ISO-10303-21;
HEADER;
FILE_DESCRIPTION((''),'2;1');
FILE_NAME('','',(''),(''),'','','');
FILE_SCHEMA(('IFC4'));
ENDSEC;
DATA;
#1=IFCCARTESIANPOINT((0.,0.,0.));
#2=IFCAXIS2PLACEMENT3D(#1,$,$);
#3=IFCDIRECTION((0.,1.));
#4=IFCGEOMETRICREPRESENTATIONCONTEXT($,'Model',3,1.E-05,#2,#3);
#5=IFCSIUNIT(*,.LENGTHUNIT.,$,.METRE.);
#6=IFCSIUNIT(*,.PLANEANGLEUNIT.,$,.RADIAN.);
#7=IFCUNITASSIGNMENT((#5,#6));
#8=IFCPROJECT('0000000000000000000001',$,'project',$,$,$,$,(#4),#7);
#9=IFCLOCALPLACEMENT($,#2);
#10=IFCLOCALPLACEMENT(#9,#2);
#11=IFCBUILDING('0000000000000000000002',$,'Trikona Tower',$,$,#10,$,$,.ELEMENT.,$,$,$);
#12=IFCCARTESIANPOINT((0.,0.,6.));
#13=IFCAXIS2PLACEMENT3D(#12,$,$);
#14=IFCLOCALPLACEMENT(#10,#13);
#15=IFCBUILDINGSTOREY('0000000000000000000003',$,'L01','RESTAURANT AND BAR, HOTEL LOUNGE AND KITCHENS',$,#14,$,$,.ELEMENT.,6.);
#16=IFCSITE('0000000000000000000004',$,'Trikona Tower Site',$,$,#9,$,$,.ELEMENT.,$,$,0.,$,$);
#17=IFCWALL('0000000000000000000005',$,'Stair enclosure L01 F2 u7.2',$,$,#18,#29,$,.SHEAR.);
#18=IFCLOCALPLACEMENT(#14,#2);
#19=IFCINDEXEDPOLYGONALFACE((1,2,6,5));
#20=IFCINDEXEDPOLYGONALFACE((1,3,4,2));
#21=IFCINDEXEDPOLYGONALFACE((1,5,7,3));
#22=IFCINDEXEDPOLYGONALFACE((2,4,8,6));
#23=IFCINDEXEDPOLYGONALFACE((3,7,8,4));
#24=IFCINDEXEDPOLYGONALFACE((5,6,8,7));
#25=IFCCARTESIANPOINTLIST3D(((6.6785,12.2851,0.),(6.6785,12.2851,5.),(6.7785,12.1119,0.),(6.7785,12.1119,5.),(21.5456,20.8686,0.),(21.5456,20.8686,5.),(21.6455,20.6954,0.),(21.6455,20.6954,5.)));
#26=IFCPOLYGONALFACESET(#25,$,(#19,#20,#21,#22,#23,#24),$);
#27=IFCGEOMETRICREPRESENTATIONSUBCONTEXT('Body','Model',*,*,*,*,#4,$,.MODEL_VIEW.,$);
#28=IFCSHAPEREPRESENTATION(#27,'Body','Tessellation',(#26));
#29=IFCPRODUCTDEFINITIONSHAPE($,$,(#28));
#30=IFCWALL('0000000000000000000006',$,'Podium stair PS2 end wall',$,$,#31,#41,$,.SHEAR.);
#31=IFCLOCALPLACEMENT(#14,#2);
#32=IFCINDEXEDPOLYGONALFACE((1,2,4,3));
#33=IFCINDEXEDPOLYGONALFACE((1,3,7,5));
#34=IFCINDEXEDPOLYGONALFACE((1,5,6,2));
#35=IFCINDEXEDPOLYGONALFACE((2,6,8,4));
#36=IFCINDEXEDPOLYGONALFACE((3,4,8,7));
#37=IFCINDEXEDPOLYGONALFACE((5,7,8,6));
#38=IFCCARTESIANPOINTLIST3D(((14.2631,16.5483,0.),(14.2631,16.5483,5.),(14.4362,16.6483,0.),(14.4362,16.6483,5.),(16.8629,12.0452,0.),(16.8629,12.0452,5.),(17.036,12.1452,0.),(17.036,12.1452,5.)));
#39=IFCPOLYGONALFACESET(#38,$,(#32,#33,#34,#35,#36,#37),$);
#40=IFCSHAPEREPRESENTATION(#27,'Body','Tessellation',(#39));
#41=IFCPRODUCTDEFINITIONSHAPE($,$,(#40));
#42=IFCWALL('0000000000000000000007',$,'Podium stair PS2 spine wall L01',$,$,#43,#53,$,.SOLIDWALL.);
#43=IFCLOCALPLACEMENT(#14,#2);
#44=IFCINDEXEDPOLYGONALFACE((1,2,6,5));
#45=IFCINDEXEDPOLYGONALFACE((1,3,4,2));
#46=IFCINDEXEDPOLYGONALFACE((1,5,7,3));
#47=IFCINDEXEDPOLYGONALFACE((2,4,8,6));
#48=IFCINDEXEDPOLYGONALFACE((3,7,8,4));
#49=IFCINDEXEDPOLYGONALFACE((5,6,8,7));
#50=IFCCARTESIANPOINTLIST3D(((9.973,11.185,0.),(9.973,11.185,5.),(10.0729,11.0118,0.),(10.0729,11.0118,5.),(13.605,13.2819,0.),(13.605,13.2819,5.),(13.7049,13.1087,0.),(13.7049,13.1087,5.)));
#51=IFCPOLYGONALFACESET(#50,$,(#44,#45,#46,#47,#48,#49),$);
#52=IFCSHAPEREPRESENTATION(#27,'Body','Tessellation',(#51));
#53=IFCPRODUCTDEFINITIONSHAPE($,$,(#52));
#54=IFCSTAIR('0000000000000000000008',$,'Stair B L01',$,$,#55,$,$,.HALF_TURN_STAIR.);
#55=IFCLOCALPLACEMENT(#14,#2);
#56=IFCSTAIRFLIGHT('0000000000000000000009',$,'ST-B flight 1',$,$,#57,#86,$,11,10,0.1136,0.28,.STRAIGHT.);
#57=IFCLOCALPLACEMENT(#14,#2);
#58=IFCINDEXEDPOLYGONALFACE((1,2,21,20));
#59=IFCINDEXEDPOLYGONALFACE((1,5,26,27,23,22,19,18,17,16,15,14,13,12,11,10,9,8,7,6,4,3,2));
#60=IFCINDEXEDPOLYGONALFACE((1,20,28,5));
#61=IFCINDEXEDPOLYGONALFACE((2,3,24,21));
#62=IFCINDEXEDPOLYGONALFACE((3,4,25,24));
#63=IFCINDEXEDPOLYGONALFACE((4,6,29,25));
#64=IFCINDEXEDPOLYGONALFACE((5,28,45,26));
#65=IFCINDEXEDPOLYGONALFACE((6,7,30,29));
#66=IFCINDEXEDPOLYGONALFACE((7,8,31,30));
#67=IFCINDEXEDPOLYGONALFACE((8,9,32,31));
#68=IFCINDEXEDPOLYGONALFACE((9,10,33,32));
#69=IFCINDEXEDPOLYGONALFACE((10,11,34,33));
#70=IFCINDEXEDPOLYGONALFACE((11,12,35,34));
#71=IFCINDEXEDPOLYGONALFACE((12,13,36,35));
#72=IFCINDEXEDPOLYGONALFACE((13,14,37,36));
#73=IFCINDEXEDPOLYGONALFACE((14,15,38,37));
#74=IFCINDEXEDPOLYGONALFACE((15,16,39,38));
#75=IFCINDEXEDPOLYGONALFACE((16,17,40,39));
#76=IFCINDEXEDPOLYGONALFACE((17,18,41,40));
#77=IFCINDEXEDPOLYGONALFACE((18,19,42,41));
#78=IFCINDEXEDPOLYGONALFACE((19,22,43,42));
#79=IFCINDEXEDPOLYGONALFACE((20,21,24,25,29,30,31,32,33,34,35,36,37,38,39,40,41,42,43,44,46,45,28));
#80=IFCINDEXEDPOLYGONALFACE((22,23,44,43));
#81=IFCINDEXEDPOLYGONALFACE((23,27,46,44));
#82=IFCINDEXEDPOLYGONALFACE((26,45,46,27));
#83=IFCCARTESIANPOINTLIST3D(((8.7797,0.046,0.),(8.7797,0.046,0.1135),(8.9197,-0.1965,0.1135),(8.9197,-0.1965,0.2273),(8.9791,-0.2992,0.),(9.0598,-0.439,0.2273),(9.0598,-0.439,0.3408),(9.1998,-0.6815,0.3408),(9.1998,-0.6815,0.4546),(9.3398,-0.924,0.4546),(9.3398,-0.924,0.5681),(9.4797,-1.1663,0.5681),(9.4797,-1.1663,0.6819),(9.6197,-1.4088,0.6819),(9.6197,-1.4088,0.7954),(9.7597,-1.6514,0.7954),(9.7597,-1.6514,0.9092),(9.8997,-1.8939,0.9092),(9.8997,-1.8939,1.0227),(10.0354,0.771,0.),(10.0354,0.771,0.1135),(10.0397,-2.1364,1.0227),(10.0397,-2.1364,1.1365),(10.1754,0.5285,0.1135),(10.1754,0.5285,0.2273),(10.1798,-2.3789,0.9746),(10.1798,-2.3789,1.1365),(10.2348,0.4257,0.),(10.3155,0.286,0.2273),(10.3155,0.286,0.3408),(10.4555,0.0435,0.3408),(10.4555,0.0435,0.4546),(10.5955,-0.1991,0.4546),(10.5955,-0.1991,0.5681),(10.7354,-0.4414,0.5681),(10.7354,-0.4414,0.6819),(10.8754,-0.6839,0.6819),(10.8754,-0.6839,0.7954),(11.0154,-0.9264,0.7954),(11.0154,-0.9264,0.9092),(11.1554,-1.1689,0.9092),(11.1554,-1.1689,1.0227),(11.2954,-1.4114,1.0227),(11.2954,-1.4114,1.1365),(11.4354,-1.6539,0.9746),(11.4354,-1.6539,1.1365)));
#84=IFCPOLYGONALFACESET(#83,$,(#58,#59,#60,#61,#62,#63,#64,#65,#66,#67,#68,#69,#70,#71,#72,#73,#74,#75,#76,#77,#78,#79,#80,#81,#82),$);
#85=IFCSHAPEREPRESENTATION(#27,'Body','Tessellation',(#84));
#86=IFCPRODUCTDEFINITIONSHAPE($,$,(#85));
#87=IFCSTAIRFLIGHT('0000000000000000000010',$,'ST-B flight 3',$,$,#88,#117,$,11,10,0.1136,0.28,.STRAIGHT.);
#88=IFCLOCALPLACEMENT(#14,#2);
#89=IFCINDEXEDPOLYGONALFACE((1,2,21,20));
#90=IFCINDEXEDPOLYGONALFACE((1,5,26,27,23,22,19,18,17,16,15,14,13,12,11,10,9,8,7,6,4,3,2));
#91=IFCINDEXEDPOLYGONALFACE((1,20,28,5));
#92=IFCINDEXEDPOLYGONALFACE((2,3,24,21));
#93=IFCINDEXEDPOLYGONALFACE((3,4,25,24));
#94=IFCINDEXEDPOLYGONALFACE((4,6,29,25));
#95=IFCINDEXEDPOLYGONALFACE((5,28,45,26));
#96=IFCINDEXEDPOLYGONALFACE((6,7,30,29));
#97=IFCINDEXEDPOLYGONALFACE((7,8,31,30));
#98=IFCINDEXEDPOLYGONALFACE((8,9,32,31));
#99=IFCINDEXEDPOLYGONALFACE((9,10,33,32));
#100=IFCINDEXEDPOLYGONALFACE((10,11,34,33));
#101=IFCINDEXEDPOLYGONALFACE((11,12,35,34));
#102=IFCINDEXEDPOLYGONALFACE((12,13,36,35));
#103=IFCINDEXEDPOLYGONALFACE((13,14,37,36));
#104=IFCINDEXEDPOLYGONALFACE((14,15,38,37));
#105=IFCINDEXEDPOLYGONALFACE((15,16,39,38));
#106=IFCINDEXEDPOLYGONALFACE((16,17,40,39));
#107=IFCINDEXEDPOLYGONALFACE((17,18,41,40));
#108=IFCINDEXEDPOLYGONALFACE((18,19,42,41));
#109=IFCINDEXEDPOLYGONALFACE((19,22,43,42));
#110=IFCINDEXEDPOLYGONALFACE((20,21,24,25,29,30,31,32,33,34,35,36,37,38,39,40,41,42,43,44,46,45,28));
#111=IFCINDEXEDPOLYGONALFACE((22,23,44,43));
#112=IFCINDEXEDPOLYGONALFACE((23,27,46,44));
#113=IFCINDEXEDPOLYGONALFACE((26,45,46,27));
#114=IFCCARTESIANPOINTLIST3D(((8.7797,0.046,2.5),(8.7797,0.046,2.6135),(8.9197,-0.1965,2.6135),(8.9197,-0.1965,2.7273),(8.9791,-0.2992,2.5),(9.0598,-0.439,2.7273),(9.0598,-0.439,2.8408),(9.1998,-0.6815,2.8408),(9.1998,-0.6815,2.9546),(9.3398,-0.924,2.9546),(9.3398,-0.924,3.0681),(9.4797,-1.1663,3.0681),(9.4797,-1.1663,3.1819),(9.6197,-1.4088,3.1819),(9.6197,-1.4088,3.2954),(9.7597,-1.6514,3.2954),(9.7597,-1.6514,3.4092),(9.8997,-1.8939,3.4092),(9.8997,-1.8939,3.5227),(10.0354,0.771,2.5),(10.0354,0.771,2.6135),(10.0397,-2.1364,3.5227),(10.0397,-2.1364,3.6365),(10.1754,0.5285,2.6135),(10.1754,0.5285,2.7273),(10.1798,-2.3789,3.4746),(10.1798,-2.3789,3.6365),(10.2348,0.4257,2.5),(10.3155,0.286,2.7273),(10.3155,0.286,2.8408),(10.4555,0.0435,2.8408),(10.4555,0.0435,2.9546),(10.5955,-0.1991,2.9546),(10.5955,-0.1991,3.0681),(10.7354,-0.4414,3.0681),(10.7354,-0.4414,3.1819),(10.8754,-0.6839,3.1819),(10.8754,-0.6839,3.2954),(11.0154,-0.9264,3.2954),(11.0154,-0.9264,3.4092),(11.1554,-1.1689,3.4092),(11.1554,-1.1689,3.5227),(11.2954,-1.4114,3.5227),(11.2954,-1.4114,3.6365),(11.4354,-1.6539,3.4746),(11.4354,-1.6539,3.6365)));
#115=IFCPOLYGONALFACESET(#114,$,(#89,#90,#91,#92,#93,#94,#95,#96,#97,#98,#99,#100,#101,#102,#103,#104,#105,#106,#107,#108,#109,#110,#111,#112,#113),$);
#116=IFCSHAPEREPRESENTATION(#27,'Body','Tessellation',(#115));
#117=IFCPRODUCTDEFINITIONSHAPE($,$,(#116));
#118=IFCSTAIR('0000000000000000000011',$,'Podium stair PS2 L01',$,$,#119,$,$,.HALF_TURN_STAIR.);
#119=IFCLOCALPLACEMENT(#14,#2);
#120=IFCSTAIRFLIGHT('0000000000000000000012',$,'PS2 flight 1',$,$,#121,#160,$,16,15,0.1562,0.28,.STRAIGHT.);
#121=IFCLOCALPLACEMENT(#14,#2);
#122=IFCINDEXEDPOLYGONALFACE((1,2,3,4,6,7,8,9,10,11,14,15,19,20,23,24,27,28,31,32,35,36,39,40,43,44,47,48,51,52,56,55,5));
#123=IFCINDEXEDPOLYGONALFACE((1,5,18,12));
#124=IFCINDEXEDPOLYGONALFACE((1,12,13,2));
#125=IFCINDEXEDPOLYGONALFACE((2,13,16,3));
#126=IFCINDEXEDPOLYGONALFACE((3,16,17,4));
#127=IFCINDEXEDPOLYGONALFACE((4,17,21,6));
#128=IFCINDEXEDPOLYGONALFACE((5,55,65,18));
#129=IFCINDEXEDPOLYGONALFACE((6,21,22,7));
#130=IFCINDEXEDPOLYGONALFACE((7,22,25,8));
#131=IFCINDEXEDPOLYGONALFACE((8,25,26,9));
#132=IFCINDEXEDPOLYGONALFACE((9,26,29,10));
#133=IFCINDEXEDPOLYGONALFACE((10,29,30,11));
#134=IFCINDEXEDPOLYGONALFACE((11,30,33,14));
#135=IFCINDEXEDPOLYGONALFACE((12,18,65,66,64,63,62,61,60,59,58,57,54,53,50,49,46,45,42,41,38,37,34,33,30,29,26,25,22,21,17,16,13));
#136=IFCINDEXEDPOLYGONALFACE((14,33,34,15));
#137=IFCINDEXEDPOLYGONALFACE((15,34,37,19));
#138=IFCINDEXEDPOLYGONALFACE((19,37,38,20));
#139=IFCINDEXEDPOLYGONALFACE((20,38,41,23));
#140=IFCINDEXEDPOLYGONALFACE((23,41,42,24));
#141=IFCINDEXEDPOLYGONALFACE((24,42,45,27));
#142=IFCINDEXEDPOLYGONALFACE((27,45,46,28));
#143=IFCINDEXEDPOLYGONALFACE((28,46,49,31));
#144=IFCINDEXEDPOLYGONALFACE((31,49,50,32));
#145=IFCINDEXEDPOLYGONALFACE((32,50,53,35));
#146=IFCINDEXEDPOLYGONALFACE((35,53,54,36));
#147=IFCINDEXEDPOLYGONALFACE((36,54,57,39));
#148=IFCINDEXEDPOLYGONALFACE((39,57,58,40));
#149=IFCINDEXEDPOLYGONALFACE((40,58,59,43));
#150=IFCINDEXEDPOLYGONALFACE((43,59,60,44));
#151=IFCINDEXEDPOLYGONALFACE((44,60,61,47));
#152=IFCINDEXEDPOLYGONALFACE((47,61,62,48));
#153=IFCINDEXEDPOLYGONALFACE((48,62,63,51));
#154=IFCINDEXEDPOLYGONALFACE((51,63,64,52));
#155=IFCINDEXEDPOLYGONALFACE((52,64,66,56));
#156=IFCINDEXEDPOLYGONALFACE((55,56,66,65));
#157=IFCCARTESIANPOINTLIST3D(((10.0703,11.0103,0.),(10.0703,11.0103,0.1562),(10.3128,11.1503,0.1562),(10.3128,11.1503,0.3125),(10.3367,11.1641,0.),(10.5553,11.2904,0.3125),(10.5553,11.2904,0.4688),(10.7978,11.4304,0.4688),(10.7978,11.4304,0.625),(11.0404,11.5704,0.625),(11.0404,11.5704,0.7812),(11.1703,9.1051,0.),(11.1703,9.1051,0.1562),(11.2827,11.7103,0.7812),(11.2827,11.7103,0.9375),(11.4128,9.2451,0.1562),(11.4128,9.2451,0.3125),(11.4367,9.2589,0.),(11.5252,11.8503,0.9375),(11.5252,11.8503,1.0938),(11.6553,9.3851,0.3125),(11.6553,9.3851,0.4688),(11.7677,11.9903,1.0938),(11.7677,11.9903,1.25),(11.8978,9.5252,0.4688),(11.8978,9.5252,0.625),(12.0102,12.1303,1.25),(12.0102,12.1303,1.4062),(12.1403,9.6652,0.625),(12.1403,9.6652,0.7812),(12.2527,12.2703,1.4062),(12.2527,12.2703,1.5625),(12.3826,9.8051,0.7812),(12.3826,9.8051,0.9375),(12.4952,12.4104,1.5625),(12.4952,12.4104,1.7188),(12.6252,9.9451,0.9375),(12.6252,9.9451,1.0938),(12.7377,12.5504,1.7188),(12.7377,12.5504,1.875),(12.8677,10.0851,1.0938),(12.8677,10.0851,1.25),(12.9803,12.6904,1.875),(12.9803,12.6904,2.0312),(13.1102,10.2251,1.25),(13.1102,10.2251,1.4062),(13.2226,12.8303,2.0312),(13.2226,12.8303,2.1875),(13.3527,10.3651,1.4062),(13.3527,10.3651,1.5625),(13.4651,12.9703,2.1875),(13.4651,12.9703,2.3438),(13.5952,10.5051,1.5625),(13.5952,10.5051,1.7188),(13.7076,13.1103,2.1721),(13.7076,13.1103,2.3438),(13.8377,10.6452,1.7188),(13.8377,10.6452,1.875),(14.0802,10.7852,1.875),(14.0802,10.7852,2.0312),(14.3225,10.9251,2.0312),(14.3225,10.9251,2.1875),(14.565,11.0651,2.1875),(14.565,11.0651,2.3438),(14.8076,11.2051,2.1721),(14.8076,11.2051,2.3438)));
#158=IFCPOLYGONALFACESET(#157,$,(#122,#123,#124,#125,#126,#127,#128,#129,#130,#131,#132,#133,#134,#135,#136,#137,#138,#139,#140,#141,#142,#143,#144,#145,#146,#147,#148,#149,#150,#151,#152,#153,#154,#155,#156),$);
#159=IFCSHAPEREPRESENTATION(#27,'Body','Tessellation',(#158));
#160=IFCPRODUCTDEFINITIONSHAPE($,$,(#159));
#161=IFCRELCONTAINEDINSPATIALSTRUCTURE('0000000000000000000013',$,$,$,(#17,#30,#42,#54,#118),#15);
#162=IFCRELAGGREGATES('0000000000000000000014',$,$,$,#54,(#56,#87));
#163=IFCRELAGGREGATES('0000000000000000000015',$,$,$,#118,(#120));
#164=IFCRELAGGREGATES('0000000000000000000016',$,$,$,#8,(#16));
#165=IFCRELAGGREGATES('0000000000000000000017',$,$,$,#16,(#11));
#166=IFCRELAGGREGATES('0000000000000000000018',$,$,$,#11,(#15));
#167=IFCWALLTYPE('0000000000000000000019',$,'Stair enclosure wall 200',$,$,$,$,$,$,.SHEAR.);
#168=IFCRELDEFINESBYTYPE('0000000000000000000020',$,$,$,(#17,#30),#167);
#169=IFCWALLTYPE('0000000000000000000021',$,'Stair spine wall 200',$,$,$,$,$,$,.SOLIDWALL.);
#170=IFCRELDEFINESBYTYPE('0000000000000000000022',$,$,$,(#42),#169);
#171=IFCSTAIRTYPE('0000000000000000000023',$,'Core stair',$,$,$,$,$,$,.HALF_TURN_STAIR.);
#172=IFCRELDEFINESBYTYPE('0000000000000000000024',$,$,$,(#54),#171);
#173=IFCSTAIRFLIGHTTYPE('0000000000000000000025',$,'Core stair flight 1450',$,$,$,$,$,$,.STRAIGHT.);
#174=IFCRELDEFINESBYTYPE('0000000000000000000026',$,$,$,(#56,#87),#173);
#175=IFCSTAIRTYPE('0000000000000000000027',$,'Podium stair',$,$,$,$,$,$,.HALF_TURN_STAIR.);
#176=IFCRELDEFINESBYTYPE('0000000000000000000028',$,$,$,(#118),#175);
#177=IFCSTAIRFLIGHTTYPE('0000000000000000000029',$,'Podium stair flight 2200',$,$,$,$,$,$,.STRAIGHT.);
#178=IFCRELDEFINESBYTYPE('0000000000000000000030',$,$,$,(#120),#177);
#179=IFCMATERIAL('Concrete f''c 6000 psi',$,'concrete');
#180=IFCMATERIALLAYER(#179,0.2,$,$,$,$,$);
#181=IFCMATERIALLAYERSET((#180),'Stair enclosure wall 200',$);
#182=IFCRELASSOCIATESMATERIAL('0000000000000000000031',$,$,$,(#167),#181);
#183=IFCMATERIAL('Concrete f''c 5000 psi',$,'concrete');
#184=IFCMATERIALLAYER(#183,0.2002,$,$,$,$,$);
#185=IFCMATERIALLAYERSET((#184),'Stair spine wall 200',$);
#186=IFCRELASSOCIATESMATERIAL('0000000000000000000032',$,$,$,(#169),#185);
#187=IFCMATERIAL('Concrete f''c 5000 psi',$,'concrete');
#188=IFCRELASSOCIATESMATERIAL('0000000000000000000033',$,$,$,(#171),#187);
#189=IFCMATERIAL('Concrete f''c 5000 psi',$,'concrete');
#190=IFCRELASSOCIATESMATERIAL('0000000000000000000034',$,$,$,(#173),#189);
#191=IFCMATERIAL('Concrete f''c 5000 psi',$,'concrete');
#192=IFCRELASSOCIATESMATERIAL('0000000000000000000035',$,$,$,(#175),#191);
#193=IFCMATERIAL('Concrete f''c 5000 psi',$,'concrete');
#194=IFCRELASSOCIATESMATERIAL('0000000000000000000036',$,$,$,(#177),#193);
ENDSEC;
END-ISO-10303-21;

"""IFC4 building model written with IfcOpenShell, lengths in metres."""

from ifc_helpers import new_model, si_unit, direction, frame, frame_2d, origin, place, context, subcontext, project, spatial, polyline, rectangle, outline, extrude, material, layer, layer_set, type_object, element, aggregate, save


model = new_model("IFC4")

# Units and contexts
model_context = context("Model", 3, precision=1e-05, world=origin(), true_north=direction((0.0, 1.0)))
body_context = subcontext(model_context, "Body", "Model", "MODEL_VIEW")
ifc_project = project(units=[si_unit("LENGTHUNIT", "METRE"), si_unit("PLANEANGLEUNIT", "RADIAN")], contexts=[model_context])

# Site, building, storey
site_placement = place(None, origin())
site = spatial("IfcSite", under=ifc_project, at=site_placement, Name="Trikona Tower Site", CompositionType="ELEMENT", RefElevation=0.0)
building_placement = place(site_placement, origin())
building = spatial("IfcBuilding", under=site, at=building_placement, Name="Trikona Tower", CompositionType="ELEMENT")
storey_placement = place(building_placement, frame((0.0, 0.0, 6.0)))
storey = spatial("IfcBuildingStorey", under=building, at=storey_placement, Name="L01", Description="RESTAURANT AND BAR, HOTEL LOUNGE AND KITCHENS", CompositionType="ELEMENT", Elevation=6.0)

# Walls
ifc_material_1 = material(Name="Concrete f'c 6000 psi", Category="concrete")
ifc_layer_1 = layer(ifc_material_1, 0.2)
ifc_layer_set_1 = layer_set([ifc_layer_1], Name="Stair enclosure wall 200")
wall_type_1 = type_object("IfcWallType", Name="Stair enclosure wall 200", PredefinedType="SHEAR", material=ifc_layer_set_1)
wall_1_placement = place(storey_placement, frame((6.7285, 12.1985, 0.0), z_axis=(0.0, 0.0, 1.0), x_axis=(0.866024, 0.500003, 0.0)))
element("IfcWall", 1, at=wall_1_placement, inside=storey, type_object=wall_type_1, Name="Stair enclosure L01 F2 u7.2", PredefinedType="SHEAR", context=body_context, shape_type="SweptSolid", body=[
    extrude(rectangle(XDim=17.167, YDim=0.2, at=frame_2d((8.5835, 0.0))), origin(), (0.0, 0.0, 1.0), 5.0),
])
wall_2_placement = place(storey_placement, frame((16.9495, 12.0952, 0.0), z_axis=(0.0, 0.0, 1.0), x_axis=(-0.499992, 0.86603, 0.0)))
element("IfcWall", 2, at=wall_2_placement, inside=storey, type_object=wall_type_1, Name="Podium stair PS2 end wall", PredefinedType="SHEAR", context=body_context, shape_type="SweptSolid", body=[
    extrude(rectangle(XDim=5.1997, YDim=0.2, at=frame_2d((2.5999, 0.0))), origin(), (0.0, 0.0, 1.0), 5.0),
])
ifc_material_2 = material(Name="Concrete f'c 5000 psi", Category="concrete")
ifc_layer_2 = layer(ifc_material_2, 0.2002)
ifc_layer_set_2 = layer_set([ifc_layer_2], Name="Stair spine wall 200")
wall_type_2 = type_object("IfcWallType", Name="Stair spine wall 200", PredefinedType="SOLIDWALL", material=ifc_layer_set_2)
wall_3_placement = place(storey_placement, frame((10.0229, 11.0984, 0.0), z_axis=(0.0, 0.0, 1.0), x_axis=(0.866031, 0.49999, 0.0)))
element("IfcWall", 3, at=wall_3_placement, inside=storey, type_object=wall_type_2, Name="Podium stair PS2 spine wall L01", PredefinedType="SOLIDWALL", context=body_context, shape_type="SweptSolid", body=[
    extrude(rectangle(XDim=4.1938, YDim=0.2, at=frame_2d((2.0969, 0.0))), origin(), (0.0, 0.0, 1.0), 5.0),
])

# Stair, stair flights
ifc_material_3 = material(Name="Concrete f'c 5000 psi", Category="concrete")
stair_type_1 = type_object("IfcStairType", Name="Core stair", PredefinedType="HALF_TURN_STAIR", material=ifc_material_3)
stair_1_placement = place(storey_placement, origin())
stair_1 = element("IfcStair", 4, at=stair_1_placement, inside=storey, type_object=stair_type_1, Name="Stair B L01", PredefinedType="HALF_TURN_STAIR")
ifc_material_4 = material(Name="Concrete f'c 5000 psi", Category="concrete")
stair_flight_type_1 = type_object("IfcStairFlightType", Name="Core stair flight 1450", PredefinedType="STRAIGHT", material=ifc_material_4)
stair_flight_1_placement = place(storey_placement, frame((9.4075, 0.4084, 0.0), z_axis=(0.0, 0.0, 1.0), x_axis=(0.5, -0.866025, 0.0)))
stair_flight_1 = element("IfcStairFlight", 5, at=stair_flight_1_placement, type_object=stair_flight_type_1, Name="ST-B flight 1", NumberOfRisers=11, NumberOfTreads=10, PredefinedType="STRAIGHT", RiserHeight=0.1136, TreadLength=0.28, context=body_context, shape_type="SweptSolid", body=[
    extrude(outline(polyline([(0.0, 0.0), (0.0, 0.1135), (0.28, 0.1135), (0.28, 0.2273), (0.5601, 0.2273), (0.5601, 0.3408), (0.8401, 0.3408), (0.8401, 0.4546), (1.1201, 0.4546), (1.1201, 0.5681), (1.3999, 0.5681), (1.3999, 0.6819), (1.6799, 0.6819), (1.6799, 0.7954), (1.96, 0.7954), (1.96, 0.9092), (2.24, 0.9092), (2.24, 1.0227), (2.52, 1.0227), (2.52, 1.1365), (2.8, 1.1365), (2.8, 1.25), (2.8, 0.9746), (0.3987, 0.0), (0.0, 0.0)])), frame((0.0, 0.7251, 0.0), z_axis=(0.0, -1.0, 0.0), x_axis=(1.0, 0.0, 0.0)), (0.0, 0.0, 1.0), 1.45),
])
stair_flight_2_placement = place(storey_placement, frame((9.4075, 0.4084, 2.5), z_axis=(0.0, 0.0, 1.0), x_axis=(0.5, -0.866025, 0.0)))
stair_flight_2 = element("IfcStairFlight", 6, at=stair_flight_2_placement, type_object=stair_flight_type_1, Name="ST-B flight 3", NumberOfRisers=11, NumberOfTreads=10, PredefinedType="STRAIGHT", RiserHeight=0.1136, TreadLength=0.28, context=body_context, shape_type="SweptSolid", body=[
    extrude(outline(polyline([(0.0, 0.0), (0.0, 0.1135), (0.28, 0.1135), (0.28, 0.2273), (0.5601, 0.2273), (0.5601, 0.3408), (0.8401, 0.3408), (0.8401, 0.4546), (1.1201, 0.4546), (1.1201, 0.5681), (1.3999, 0.5681), (1.3999, 0.6819), (1.6799, 0.6819), (1.6799, 0.7954), (1.96, 0.7954), (1.96, 0.9092), (2.24, 0.9092), (2.24, 1.0227), (2.52, 1.0227), (2.52, 1.1365), (2.8, 1.1365), (2.8, 1.25), (2.8, 0.9746), (0.3987, 0.0), (0.0, 0.0)])), frame((0.0, 0.7251, 0.0), z_axis=(0.0, -1.0, 0.0), x_axis=(1.0, 0.0, 0.0)), (0.0, 0.0, 1.0), 1.45),
])
aggregate(stair_1, [stair_flight_1, stair_flight_2])

# Stair, stair flight
ifc_material_5 = material(Name="Concrete f'c 5000 psi", Category="concrete")
stair_type_2 = type_object("IfcStairType", Name="Podium stair", PredefinedType="HALF_TURN_STAIR", material=ifc_material_5)
stair_2_placement = place(storey_placement, origin())
stair_2 = element("IfcStair", 7, at=stair_2_placement, inside=storey, type_object=stair_type_2, Name="Podium stair PS2 L01", PredefinedType="HALF_TURN_STAIR")
ifc_material_6 = material(Name="Concrete f'c 5000 psi", Category="concrete")
stair_flight_type_2 = type_object("IfcStairFlightType", Name="Podium stair flight 2200", PredefinedType="STRAIGHT", material=ifc_material_6)
stair_flight_3_placement = place(storey_placement, frame((10.6204, 10.0576, 0.0), z_axis=(0.0, 0.0, 1.0), x_axis=(0.866025, 0.5, 0.0)))
stair_flight_3 = element("IfcStairFlight", 8, at=stair_flight_3_placement, type_object=stair_flight_type_2, Name="PS2 flight 1", NumberOfRisers=16, NumberOfTreads=15, PredefinedType="STRAIGHT", RiserHeight=0.1562, TreadLength=0.28, context=body_context, shape_type="SweptSolid", body=[
    extrude(outline(polyline([(0.0, 0.0), (0.0, 0.1562), (0.28, 0.1562), (0.28, 0.3125), (0.5601, 0.3125), (0.5601, 0.4688), (0.8401, 0.4688), (0.8401, 0.625), (1.1201, 0.625), (1.1201, 0.7812), (1.3999, 0.7812), (1.3999, 0.9375), (1.6799, 0.9375), (1.6799, 1.0938), (1.96, 1.0938), (1.96, 1.25), (2.24, 1.25), (2.24, 1.4062), (2.52, 1.4062), (2.52, 1.5625), (2.8, 1.5625), (2.8, 1.7188), (3.0801, 1.7188), (3.0801, 1.875), (3.3601, 1.875), (3.3601, 2.0312), (3.6399, 2.0312), (3.6399, 2.1875), (3.9199, 2.1875), (3.9199, 2.3438), (4.2, 2.3438), (4.2, 2.5), (4.2, 2.1721), (0.3076, 0.0), (0.0, 0.0)])), frame((0.0, 1.1001, 0.0), z_axis=(0.0, -1.0, 0.0), x_axis=(1.0, 0.0, 0.0)), (0.0, 0.0, 1.0), 2.2),
])
aggregate(stair_2, [stair_flight_3])

save(model, "model.ifc")
